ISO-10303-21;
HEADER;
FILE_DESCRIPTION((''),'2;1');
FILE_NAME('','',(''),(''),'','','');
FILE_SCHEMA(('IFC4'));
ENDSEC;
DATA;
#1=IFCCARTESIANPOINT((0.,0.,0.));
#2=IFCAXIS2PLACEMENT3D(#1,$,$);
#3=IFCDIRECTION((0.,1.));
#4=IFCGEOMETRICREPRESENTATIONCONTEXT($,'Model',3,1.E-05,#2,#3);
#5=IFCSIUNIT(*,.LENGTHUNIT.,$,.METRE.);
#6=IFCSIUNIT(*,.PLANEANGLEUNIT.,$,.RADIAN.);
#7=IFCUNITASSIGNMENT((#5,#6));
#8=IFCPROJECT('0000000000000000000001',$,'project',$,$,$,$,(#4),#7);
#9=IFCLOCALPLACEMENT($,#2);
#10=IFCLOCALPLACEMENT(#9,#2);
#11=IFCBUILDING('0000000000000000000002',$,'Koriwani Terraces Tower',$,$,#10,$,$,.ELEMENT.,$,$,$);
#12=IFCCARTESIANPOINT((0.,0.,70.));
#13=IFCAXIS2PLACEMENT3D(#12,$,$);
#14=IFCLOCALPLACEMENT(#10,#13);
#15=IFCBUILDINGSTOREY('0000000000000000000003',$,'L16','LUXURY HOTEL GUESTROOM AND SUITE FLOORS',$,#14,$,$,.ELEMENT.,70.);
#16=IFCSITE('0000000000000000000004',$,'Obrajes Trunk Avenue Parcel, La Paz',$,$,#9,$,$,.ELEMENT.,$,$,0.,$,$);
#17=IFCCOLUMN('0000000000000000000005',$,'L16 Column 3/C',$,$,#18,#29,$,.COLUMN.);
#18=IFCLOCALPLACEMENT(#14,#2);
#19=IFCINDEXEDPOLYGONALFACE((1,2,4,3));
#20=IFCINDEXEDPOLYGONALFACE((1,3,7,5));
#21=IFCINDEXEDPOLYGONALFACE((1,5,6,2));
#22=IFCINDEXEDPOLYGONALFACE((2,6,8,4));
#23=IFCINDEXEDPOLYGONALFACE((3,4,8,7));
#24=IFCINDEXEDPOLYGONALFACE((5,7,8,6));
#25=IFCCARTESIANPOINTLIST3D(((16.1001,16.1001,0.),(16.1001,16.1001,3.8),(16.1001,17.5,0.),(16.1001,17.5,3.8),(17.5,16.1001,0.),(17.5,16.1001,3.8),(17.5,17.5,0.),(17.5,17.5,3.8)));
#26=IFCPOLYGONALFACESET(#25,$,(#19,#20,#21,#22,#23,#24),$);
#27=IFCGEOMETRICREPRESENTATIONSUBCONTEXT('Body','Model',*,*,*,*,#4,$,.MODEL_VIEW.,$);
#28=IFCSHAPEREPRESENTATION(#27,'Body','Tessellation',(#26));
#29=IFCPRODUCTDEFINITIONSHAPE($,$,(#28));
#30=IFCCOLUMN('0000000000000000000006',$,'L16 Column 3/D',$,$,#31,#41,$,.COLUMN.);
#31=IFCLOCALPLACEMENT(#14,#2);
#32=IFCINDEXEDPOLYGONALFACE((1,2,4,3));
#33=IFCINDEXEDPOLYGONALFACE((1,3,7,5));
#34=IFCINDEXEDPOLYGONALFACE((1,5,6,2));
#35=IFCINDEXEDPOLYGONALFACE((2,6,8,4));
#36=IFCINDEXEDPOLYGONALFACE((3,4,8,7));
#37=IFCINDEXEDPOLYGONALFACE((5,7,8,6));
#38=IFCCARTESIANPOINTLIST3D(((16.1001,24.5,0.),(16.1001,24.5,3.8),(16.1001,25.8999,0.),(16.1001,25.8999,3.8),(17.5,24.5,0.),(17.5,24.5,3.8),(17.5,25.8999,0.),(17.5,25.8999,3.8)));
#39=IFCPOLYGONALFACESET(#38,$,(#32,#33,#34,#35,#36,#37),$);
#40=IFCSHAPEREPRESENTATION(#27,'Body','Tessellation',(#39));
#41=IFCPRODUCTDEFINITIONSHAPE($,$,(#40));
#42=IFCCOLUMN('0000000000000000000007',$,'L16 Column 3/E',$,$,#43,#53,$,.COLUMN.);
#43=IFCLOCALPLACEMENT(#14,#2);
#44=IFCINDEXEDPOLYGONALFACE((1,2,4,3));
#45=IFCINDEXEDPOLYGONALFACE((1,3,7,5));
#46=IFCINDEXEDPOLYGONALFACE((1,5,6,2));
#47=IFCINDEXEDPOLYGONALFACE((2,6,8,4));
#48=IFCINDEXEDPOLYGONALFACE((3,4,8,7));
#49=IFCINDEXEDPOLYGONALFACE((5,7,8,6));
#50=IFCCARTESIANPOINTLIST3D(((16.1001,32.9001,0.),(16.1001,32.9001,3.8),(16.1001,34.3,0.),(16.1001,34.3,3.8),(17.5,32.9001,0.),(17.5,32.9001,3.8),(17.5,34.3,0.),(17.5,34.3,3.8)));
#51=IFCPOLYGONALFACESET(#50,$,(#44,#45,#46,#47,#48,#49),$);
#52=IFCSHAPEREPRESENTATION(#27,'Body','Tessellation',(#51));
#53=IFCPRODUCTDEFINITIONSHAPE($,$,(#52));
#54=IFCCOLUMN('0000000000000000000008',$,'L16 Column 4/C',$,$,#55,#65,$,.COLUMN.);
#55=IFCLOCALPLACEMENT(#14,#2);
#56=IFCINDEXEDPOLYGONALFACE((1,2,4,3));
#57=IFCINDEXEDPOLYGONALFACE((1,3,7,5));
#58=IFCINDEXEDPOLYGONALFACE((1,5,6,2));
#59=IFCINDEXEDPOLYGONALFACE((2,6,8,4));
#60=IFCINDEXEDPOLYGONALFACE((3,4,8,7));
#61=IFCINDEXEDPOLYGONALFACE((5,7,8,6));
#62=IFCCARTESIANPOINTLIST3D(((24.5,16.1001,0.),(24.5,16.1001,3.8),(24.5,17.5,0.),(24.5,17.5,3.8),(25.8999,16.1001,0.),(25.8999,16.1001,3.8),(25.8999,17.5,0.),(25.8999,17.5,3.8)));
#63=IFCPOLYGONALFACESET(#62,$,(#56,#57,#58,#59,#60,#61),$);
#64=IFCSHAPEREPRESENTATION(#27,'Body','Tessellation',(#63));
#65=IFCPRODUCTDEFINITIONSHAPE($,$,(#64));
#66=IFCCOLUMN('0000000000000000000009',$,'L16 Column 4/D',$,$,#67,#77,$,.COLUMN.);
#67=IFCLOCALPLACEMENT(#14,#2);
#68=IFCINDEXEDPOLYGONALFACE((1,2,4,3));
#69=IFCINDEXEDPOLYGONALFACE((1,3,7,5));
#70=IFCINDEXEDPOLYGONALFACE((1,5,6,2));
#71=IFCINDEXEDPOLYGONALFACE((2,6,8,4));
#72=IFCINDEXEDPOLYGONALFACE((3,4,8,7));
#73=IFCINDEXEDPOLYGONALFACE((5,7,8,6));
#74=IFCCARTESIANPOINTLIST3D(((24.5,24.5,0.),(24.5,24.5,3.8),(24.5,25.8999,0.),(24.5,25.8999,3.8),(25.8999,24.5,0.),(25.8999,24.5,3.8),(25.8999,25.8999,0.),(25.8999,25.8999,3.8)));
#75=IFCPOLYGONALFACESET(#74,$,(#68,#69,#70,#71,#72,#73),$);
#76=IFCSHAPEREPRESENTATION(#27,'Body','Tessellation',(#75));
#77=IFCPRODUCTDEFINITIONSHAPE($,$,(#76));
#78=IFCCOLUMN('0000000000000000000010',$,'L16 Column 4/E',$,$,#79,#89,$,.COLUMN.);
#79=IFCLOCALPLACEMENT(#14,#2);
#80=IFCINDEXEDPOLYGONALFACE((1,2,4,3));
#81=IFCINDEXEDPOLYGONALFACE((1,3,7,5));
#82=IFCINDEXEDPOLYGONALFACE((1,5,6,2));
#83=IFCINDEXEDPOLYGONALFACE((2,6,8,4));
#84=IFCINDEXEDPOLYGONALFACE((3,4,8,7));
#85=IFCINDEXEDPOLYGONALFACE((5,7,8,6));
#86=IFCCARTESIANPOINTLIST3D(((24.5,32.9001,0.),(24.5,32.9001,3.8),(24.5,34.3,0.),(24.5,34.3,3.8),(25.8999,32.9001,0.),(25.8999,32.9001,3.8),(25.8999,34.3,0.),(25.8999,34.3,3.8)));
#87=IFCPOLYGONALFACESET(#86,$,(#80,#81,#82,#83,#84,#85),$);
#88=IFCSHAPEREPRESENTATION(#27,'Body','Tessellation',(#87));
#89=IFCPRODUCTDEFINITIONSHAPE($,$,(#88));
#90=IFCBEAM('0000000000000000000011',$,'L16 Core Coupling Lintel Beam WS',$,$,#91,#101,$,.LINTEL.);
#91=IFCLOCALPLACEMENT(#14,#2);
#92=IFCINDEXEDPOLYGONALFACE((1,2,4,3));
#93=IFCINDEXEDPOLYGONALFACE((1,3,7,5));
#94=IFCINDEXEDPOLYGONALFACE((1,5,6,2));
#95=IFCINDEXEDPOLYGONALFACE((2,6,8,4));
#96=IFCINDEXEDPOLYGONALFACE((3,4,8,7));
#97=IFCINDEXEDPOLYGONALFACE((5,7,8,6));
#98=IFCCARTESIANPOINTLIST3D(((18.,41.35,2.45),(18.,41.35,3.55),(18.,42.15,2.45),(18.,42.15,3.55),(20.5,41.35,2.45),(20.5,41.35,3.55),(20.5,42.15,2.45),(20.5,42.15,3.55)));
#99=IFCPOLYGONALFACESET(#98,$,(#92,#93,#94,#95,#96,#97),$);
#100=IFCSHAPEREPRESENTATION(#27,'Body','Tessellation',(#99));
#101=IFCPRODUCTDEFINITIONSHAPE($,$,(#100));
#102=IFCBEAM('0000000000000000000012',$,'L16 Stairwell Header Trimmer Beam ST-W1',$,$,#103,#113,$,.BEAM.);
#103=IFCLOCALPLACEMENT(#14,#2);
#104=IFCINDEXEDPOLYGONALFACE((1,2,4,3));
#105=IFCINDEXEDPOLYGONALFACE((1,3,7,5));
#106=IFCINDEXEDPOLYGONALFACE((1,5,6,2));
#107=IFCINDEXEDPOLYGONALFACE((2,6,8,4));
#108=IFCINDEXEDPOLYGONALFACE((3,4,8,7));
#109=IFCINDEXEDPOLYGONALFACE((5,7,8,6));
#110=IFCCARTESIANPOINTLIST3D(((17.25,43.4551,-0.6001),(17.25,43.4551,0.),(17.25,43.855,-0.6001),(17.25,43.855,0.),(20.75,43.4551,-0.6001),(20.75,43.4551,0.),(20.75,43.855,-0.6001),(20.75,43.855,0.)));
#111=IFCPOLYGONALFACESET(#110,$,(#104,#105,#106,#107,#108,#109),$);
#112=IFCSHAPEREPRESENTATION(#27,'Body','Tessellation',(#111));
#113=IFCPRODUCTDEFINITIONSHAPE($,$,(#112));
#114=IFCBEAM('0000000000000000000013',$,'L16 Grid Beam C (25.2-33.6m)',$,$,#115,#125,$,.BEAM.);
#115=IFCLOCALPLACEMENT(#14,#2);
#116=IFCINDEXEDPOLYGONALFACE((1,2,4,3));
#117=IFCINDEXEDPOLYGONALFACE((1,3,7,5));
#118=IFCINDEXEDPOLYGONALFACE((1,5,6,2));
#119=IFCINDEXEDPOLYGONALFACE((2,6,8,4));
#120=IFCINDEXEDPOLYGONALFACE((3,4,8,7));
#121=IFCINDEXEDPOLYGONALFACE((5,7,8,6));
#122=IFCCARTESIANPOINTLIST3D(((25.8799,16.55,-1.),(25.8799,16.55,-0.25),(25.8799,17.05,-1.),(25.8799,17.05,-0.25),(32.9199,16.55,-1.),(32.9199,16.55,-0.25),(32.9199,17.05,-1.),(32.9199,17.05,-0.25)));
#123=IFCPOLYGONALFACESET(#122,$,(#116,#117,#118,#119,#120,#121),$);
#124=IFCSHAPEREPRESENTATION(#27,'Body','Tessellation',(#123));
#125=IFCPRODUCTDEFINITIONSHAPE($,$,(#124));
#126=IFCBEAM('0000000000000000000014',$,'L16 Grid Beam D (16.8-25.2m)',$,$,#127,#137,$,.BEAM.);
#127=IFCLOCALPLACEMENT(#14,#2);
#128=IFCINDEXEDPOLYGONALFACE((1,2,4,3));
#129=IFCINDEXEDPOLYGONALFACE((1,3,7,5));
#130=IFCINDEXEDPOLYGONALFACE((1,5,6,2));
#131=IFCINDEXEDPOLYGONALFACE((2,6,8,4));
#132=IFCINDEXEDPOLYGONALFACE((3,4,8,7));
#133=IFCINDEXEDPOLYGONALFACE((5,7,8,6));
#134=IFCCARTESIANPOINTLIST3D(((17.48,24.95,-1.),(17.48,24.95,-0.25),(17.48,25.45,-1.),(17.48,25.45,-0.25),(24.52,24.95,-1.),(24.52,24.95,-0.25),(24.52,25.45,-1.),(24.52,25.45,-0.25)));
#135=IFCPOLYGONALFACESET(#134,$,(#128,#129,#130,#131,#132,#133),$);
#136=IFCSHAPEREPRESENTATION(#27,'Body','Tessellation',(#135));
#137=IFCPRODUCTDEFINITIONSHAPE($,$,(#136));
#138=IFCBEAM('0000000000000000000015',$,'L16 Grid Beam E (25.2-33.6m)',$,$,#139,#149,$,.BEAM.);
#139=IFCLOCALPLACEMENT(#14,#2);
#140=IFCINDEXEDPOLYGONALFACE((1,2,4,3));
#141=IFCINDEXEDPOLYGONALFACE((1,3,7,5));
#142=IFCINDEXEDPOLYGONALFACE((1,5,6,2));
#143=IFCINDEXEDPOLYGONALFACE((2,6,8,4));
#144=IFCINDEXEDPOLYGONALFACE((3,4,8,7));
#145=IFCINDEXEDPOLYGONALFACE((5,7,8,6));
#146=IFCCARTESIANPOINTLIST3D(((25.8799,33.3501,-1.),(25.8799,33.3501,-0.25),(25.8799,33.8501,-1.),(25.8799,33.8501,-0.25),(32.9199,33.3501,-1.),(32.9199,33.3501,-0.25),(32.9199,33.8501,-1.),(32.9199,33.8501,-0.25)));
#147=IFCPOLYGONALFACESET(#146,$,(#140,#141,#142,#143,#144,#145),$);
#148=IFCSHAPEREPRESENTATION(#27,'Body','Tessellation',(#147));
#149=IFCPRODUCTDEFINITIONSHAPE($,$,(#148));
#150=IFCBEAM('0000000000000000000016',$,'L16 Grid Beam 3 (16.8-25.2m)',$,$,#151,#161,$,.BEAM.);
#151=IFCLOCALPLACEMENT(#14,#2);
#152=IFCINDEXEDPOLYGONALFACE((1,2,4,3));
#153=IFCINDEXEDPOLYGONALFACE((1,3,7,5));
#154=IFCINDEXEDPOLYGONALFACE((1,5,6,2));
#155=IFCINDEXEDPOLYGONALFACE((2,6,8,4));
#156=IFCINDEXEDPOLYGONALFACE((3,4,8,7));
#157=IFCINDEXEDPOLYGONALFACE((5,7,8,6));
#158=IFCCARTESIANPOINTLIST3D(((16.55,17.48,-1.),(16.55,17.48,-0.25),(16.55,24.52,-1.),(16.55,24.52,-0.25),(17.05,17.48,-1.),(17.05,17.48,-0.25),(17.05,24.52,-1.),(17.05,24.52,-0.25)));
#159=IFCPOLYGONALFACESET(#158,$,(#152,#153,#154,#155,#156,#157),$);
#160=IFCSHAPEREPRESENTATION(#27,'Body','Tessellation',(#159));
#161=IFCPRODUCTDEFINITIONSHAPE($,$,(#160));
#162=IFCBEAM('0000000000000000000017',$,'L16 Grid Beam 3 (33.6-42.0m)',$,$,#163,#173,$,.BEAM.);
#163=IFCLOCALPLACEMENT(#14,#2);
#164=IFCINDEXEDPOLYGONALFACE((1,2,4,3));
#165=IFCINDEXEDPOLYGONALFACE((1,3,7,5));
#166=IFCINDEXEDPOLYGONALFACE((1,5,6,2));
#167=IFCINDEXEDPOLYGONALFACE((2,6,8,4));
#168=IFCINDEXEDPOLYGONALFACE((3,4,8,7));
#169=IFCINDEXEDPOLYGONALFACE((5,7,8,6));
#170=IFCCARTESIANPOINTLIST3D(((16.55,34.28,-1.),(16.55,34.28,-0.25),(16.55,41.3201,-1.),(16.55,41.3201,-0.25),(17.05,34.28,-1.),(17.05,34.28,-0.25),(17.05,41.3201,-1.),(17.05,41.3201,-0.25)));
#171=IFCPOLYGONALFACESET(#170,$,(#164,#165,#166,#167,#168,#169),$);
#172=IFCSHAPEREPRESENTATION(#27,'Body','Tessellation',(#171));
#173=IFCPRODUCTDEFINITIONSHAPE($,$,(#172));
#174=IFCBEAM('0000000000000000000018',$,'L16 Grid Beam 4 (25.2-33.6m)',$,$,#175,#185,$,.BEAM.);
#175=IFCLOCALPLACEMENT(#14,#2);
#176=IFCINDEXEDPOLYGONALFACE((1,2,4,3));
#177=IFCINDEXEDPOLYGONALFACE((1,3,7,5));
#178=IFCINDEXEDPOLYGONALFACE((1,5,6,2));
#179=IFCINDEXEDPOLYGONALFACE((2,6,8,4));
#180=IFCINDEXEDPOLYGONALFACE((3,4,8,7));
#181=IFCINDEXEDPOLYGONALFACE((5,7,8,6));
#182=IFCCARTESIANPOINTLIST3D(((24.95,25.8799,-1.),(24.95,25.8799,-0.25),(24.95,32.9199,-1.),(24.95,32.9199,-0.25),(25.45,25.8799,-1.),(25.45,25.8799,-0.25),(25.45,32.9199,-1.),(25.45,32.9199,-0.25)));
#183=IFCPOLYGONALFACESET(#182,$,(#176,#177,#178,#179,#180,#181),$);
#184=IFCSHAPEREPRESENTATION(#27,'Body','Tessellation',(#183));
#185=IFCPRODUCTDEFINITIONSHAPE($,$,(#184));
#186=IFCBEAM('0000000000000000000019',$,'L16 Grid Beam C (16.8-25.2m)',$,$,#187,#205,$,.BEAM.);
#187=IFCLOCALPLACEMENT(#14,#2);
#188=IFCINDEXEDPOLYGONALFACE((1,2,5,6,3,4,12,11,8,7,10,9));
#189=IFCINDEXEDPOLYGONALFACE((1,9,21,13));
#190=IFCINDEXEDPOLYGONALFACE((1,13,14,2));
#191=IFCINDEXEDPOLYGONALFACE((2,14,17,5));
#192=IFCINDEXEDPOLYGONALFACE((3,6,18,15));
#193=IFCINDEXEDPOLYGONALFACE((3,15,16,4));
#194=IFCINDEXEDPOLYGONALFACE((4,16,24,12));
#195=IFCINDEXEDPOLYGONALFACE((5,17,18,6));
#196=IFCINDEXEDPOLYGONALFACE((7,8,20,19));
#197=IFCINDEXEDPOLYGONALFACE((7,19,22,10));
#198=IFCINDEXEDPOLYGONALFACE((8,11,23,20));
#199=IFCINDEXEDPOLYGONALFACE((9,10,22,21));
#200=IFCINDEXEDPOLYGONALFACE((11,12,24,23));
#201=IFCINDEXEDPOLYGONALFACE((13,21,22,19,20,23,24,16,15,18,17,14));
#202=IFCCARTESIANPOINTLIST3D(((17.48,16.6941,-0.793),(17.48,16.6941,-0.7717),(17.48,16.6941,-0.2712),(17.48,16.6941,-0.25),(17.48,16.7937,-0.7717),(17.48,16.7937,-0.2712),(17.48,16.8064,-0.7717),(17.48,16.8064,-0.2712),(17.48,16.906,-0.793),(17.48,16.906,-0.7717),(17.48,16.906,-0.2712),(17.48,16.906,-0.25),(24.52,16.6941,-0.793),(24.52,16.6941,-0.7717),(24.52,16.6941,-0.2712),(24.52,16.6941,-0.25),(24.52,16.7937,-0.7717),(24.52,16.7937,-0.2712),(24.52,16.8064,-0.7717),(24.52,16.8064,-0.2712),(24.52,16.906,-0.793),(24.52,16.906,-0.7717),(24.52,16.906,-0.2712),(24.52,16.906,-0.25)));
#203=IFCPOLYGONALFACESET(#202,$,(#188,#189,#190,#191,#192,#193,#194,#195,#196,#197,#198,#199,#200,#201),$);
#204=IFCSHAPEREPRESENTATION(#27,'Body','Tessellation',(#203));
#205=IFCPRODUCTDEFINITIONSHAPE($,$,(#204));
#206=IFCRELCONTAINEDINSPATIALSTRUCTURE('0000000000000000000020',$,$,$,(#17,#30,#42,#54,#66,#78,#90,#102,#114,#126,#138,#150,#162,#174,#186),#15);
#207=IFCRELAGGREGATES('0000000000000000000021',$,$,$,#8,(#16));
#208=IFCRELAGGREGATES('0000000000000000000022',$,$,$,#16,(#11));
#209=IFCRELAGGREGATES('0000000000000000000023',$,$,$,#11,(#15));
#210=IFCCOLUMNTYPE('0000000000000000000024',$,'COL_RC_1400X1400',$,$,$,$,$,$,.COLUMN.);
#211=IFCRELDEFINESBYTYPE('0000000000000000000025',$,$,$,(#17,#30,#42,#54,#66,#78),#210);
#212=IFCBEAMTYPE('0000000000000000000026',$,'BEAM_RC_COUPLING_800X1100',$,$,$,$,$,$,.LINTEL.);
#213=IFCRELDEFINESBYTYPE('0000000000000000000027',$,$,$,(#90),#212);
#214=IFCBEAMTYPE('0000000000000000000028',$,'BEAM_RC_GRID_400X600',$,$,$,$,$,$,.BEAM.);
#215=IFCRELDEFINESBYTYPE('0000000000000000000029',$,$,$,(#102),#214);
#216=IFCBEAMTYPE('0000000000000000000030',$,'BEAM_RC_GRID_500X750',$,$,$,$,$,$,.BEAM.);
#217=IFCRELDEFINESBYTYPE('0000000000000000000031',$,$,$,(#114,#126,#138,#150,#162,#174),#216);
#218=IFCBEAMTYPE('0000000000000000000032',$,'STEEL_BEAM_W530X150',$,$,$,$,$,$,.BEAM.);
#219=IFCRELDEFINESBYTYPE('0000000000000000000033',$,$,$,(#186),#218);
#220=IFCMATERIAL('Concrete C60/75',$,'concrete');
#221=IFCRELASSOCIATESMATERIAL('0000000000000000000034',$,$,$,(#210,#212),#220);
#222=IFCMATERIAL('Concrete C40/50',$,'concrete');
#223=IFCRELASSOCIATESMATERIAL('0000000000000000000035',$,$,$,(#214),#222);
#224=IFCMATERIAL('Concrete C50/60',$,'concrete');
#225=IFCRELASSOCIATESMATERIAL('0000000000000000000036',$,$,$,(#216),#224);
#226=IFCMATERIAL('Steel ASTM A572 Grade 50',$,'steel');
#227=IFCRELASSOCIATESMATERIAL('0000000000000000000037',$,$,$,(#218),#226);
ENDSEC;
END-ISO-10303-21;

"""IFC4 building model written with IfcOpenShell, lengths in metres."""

from ifc_helpers import new_model, si_unit, direction, frame, origin, origin_2d, place, context, subcontext, project, spatial, rectangle, i_section, extrude, material, material_profile, profile_set, type_object, element, save


model = new_model("IFC4")

# Units and contexts
model_context = context("Model", 3, precision=1e-05, world=origin(), true_north=direction((0.0, 1.0)))
body_context = subcontext(model_context, "Body", "Model", "MODEL_VIEW")
ifc_project = project(units=[si_unit("LENGTHUNIT", "METRE"), si_unit("PLANEANGLEUNIT", "RADIAN")], contexts=[model_context])

# Site, building, storey
site_placement = place(None, origin())
site = spatial("IfcSite", under=ifc_project, at=site_placement, Name="Obrajes Trunk Avenue Parcel, La Paz", CompositionType="ELEMENT", RefElevation=0.0)
building_placement = place(site_placement, origin())
building = spatial("IfcBuilding", under=site, at=building_placement, Name="Koriwani Terraces Tower", CompositionType="ELEMENT")
storey_placement = place(building_placement, frame((0.0, 0.0, 70.0)))
storey = spatial("IfcBuildingStorey", under=building, at=storey_placement, Name="L16", Description="LUXURY HOTEL GUESTROOM AND SUITE FLOORS", CompositionType="ELEMENT", Elevation=70.0)

# Columns
ifc_material_1 = material(Name="Concrete C60/75", Category="concrete")
ifc_material_profile_1 = material_profile(ifc_material_1, rectangle(XDim=1.3999, YDim=1.3999, at=origin_2d()), Name="Concrete C60/75", Category="LoadBearing")
ifc_profile_set_1 = profile_set([ifc_material_profile_1], Name="Concrete C60/75")
column_type = type_object("IfcColumnType", Name="COL_RC_1400X1400", PredefinedType="COLUMN", material=ifc_profile_set_1)
for number, where, z_axis, x_axis, name in (
    (1, (16.8, 16.8, 0.0), (0.0, 0.0, 1.0), (1.0, 0.0, 0.0), "L16 Column 3/C"),
    (2, (16.8, 25.2, 0.0), (0.0, 0.0, 1.0), (1.0, 0.0, 0.0), "L16 Column 3/D"),
    (3, (16.8, 33.6001, 0.0), (0.0, 0.0, 1.0), (1.0, 0.0, 0.0), "L16 Column 3/E"),
    (4, (25.2, 16.8, 0.0), (0.0, 0.0, 1.0), (1.0, 0.0, 0.0), "L16 Column 4/C"),
    (5, (25.2, 25.2, 0.0), (0.0, 0.0, 1.0), (1.0, 0.0, 0.0), "L16 Column 4/D"),
    (6, (25.2, 33.6001, 0.0), (0.0, 0.0, 1.0), (1.0, 0.0, 0.0), "L16 Column 4/E"),
):
    element("IfcColumn", number, at=place(storey_placement, frame(where, z_axis=z_axis, x_axis=x_axis)), inside=storey, type_object=column_type, Name=name, PredefinedType="COLUMN", context=body_context, shape_type="SweptSolid", body=[
        extrude(rectangle(XDim=1.3999, YDim=1.3999, at=origin_2d()), origin(), (0.0, 0.0, 1.0), 3.8),
    ])

# Beams
ifc_material_profile_2 = material_profile(ifc_material_1, rectangle(XDim=0.8, YDim=1.1001, at=origin_2d()), Name="Concrete C60/75", Category="LoadBearing")
ifc_profile_set_2 = profile_set([ifc_material_profile_2], Name="Concrete C60/75")
beam_type_1 = type_object("IfcBeamType", Name="BEAM_RC_COUPLING_800X1100", PredefinedType="LINTEL", material=ifc_profile_set_2)
beam_1_placement = place(storey_placement, frame((18.0, 41.75, 3.0), z_axis=(1.0, 0.0, 0.0), x_axis=(0.0, 1.0, 0.0)))
element("IfcBeam", 7, at=beam_1_placement, inside=storey, type_object=beam_type_1, Name="L16 Core Coupling Lintel Beam WS", PredefinedType="LINTEL", context=body_context, shape_type="SweptSolid", body=[
    extrude(rectangle(XDim=0.8, YDim=1.1001, at=origin_2d()), origin(), (0.0, 0.0, 1.0), 2.5),
])
ifc_material_2 = material(Name="Concrete C40/50", Category="concrete")
ifc_material_profile_3 = material_profile(ifc_material_2, rectangle(XDim=0.3999, YDim=0.6001, at=origin_2d()), Name="Concrete C40/50", Category="LoadBearing")
ifc_profile_set_3 = profile_set([ifc_material_profile_3], Name="Concrete C40/50")
beam_type_2 = type_object("IfcBeamType", Name="BEAM_RC_GRID_400X600", PredefinedType="BEAM", material=ifc_profile_set_3)
beam_2_placement = place(storey_placement, frame((17.25, 43.655, -0.3), z_axis=(1.0, 0.0, 0.0), x_axis=(0.0, 1.0, 0.0)))
element("IfcBeam", 8, at=beam_2_placement, inside=storey, type_object=beam_type_2, Name="L16 Stairwell Header Trimmer Beam ST-W1", PredefinedType="BEAM", context=body_context, shape_type="SweptSolid", body=[
    extrude(rectangle(XDim=0.3999, YDim=0.6001, at=origin_2d()), origin(), (0.0, 0.0, 1.0), 3.5),
])
ifc_material_3 = material(Name="Concrete C50/60", Category="concrete")
ifc_material_profile_4 = material_profile(ifc_material_3, rectangle(XDim=0.5, YDim=0.75, at=origin_2d()), Name="Concrete C50/60", Category="LoadBearing")
ifc_profile_set_4 = profile_set([ifc_material_profile_4], Name="Concrete C50/60")
beam_type_3 = type_object("IfcBeamType", Name="BEAM_RC_GRID_500X750", PredefinedType="BEAM", material=ifc_profile_set_4)
for number, where, z_axis, x_axis, name in (
    (9, (25.8799, 16.8, -0.625), (1.0, 0.0, 0.0), (0.0, 1.0, 0.0), "L16 Grid Beam C (25.2-33.6m)"),
    (10, (17.48, 25.2, -0.625), (1.0, 0.0, 0.0), (0.0, 1.0, 0.0), "L16 Grid Beam D (16.8-25.2m)"),
    (11, (25.8799, 33.6001, -0.625), (1.0, 0.0, 0.0), (0.0, 1.0, 0.0), "L16 Grid Beam E (25.2-33.6m)"),
    (12, (16.8, 17.48, -0.625), (0.0, 1.0, 0.0), (-1.0, 0.0, 0.0), "L16 Grid Beam 3 (16.8-25.2m)"),
    (13, (16.8, 34.28, -0.625), (0.0, 1.0, 0.0), (-1.0, 0.0, 0.0), "L16 Grid Beam 3 (33.6-42.0m)"),
    (14, (25.2, 25.8799, -0.625), (0.0, 1.0, 0.0), (-1.0, 0.0, 0.0), "L16 Grid Beam 4 (25.2-33.6m)"),
):
    element("IfcBeam", number, at=place(storey_placement, frame(where, z_axis=z_axis, x_axis=x_axis)), inside=storey, type_object=beam_type_3, Name=name, PredefinedType="BEAM", context=body_context, shape_type="SweptSolid", body=[
        extrude(rectangle(XDim=0.5, YDim=0.75, at=origin_2d()), origin(), (0.0, 0.0, 1.0), 7.04),
    ])
ifc_material_4 = material(Name="Steel ASTM A572 Grade 50", Category="steel")
ifc_material_profile_5 = material_profile(ifc_material_4, i_section(OverallWidth=0.2119, OverallDepth=0.543, WebThickness=0.0127, FlangeThickness=0.0212, at=origin_2d()), Name="Steel ASTM A572 Grade 50", Category="LoadBearing")
ifc_profile_set_5 = profile_set([ifc_material_profile_5], Name="Steel ASTM A572 Grade 50")
beam_type_4 = type_object("IfcBeamType", Name="STEEL_BEAM_W530X150", PredefinedType="BEAM", material=ifc_profile_set_5)
for number, where, z_axis, x_axis, name in (
    (15, (17.48, 16.8, -0.5215), (1.0, 0.0, 0.0), (0.0, 1.0, 0.0), "L16 Grid Beam C (16.8-25.2m)"),
):
    element("IfcBeam", number, at=place(storey_placement, frame(where, z_axis=z_axis, x_axis=x_axis)), inside=storey, type_object=beam_type_4, Name=name, PredefinedType="BEAM", context=body_context, shape_type="SweptSolid", body=[
        extrude(i_section(OverallWidth=0.2119, OverallDepth=0.543, WebThickness=0.0127, FlangeThickness=0.0212, at=origin_2d()), origin(), (0.0, 0.0, 1.0), 7.04),
    ])

save(model, "model.ifc")
